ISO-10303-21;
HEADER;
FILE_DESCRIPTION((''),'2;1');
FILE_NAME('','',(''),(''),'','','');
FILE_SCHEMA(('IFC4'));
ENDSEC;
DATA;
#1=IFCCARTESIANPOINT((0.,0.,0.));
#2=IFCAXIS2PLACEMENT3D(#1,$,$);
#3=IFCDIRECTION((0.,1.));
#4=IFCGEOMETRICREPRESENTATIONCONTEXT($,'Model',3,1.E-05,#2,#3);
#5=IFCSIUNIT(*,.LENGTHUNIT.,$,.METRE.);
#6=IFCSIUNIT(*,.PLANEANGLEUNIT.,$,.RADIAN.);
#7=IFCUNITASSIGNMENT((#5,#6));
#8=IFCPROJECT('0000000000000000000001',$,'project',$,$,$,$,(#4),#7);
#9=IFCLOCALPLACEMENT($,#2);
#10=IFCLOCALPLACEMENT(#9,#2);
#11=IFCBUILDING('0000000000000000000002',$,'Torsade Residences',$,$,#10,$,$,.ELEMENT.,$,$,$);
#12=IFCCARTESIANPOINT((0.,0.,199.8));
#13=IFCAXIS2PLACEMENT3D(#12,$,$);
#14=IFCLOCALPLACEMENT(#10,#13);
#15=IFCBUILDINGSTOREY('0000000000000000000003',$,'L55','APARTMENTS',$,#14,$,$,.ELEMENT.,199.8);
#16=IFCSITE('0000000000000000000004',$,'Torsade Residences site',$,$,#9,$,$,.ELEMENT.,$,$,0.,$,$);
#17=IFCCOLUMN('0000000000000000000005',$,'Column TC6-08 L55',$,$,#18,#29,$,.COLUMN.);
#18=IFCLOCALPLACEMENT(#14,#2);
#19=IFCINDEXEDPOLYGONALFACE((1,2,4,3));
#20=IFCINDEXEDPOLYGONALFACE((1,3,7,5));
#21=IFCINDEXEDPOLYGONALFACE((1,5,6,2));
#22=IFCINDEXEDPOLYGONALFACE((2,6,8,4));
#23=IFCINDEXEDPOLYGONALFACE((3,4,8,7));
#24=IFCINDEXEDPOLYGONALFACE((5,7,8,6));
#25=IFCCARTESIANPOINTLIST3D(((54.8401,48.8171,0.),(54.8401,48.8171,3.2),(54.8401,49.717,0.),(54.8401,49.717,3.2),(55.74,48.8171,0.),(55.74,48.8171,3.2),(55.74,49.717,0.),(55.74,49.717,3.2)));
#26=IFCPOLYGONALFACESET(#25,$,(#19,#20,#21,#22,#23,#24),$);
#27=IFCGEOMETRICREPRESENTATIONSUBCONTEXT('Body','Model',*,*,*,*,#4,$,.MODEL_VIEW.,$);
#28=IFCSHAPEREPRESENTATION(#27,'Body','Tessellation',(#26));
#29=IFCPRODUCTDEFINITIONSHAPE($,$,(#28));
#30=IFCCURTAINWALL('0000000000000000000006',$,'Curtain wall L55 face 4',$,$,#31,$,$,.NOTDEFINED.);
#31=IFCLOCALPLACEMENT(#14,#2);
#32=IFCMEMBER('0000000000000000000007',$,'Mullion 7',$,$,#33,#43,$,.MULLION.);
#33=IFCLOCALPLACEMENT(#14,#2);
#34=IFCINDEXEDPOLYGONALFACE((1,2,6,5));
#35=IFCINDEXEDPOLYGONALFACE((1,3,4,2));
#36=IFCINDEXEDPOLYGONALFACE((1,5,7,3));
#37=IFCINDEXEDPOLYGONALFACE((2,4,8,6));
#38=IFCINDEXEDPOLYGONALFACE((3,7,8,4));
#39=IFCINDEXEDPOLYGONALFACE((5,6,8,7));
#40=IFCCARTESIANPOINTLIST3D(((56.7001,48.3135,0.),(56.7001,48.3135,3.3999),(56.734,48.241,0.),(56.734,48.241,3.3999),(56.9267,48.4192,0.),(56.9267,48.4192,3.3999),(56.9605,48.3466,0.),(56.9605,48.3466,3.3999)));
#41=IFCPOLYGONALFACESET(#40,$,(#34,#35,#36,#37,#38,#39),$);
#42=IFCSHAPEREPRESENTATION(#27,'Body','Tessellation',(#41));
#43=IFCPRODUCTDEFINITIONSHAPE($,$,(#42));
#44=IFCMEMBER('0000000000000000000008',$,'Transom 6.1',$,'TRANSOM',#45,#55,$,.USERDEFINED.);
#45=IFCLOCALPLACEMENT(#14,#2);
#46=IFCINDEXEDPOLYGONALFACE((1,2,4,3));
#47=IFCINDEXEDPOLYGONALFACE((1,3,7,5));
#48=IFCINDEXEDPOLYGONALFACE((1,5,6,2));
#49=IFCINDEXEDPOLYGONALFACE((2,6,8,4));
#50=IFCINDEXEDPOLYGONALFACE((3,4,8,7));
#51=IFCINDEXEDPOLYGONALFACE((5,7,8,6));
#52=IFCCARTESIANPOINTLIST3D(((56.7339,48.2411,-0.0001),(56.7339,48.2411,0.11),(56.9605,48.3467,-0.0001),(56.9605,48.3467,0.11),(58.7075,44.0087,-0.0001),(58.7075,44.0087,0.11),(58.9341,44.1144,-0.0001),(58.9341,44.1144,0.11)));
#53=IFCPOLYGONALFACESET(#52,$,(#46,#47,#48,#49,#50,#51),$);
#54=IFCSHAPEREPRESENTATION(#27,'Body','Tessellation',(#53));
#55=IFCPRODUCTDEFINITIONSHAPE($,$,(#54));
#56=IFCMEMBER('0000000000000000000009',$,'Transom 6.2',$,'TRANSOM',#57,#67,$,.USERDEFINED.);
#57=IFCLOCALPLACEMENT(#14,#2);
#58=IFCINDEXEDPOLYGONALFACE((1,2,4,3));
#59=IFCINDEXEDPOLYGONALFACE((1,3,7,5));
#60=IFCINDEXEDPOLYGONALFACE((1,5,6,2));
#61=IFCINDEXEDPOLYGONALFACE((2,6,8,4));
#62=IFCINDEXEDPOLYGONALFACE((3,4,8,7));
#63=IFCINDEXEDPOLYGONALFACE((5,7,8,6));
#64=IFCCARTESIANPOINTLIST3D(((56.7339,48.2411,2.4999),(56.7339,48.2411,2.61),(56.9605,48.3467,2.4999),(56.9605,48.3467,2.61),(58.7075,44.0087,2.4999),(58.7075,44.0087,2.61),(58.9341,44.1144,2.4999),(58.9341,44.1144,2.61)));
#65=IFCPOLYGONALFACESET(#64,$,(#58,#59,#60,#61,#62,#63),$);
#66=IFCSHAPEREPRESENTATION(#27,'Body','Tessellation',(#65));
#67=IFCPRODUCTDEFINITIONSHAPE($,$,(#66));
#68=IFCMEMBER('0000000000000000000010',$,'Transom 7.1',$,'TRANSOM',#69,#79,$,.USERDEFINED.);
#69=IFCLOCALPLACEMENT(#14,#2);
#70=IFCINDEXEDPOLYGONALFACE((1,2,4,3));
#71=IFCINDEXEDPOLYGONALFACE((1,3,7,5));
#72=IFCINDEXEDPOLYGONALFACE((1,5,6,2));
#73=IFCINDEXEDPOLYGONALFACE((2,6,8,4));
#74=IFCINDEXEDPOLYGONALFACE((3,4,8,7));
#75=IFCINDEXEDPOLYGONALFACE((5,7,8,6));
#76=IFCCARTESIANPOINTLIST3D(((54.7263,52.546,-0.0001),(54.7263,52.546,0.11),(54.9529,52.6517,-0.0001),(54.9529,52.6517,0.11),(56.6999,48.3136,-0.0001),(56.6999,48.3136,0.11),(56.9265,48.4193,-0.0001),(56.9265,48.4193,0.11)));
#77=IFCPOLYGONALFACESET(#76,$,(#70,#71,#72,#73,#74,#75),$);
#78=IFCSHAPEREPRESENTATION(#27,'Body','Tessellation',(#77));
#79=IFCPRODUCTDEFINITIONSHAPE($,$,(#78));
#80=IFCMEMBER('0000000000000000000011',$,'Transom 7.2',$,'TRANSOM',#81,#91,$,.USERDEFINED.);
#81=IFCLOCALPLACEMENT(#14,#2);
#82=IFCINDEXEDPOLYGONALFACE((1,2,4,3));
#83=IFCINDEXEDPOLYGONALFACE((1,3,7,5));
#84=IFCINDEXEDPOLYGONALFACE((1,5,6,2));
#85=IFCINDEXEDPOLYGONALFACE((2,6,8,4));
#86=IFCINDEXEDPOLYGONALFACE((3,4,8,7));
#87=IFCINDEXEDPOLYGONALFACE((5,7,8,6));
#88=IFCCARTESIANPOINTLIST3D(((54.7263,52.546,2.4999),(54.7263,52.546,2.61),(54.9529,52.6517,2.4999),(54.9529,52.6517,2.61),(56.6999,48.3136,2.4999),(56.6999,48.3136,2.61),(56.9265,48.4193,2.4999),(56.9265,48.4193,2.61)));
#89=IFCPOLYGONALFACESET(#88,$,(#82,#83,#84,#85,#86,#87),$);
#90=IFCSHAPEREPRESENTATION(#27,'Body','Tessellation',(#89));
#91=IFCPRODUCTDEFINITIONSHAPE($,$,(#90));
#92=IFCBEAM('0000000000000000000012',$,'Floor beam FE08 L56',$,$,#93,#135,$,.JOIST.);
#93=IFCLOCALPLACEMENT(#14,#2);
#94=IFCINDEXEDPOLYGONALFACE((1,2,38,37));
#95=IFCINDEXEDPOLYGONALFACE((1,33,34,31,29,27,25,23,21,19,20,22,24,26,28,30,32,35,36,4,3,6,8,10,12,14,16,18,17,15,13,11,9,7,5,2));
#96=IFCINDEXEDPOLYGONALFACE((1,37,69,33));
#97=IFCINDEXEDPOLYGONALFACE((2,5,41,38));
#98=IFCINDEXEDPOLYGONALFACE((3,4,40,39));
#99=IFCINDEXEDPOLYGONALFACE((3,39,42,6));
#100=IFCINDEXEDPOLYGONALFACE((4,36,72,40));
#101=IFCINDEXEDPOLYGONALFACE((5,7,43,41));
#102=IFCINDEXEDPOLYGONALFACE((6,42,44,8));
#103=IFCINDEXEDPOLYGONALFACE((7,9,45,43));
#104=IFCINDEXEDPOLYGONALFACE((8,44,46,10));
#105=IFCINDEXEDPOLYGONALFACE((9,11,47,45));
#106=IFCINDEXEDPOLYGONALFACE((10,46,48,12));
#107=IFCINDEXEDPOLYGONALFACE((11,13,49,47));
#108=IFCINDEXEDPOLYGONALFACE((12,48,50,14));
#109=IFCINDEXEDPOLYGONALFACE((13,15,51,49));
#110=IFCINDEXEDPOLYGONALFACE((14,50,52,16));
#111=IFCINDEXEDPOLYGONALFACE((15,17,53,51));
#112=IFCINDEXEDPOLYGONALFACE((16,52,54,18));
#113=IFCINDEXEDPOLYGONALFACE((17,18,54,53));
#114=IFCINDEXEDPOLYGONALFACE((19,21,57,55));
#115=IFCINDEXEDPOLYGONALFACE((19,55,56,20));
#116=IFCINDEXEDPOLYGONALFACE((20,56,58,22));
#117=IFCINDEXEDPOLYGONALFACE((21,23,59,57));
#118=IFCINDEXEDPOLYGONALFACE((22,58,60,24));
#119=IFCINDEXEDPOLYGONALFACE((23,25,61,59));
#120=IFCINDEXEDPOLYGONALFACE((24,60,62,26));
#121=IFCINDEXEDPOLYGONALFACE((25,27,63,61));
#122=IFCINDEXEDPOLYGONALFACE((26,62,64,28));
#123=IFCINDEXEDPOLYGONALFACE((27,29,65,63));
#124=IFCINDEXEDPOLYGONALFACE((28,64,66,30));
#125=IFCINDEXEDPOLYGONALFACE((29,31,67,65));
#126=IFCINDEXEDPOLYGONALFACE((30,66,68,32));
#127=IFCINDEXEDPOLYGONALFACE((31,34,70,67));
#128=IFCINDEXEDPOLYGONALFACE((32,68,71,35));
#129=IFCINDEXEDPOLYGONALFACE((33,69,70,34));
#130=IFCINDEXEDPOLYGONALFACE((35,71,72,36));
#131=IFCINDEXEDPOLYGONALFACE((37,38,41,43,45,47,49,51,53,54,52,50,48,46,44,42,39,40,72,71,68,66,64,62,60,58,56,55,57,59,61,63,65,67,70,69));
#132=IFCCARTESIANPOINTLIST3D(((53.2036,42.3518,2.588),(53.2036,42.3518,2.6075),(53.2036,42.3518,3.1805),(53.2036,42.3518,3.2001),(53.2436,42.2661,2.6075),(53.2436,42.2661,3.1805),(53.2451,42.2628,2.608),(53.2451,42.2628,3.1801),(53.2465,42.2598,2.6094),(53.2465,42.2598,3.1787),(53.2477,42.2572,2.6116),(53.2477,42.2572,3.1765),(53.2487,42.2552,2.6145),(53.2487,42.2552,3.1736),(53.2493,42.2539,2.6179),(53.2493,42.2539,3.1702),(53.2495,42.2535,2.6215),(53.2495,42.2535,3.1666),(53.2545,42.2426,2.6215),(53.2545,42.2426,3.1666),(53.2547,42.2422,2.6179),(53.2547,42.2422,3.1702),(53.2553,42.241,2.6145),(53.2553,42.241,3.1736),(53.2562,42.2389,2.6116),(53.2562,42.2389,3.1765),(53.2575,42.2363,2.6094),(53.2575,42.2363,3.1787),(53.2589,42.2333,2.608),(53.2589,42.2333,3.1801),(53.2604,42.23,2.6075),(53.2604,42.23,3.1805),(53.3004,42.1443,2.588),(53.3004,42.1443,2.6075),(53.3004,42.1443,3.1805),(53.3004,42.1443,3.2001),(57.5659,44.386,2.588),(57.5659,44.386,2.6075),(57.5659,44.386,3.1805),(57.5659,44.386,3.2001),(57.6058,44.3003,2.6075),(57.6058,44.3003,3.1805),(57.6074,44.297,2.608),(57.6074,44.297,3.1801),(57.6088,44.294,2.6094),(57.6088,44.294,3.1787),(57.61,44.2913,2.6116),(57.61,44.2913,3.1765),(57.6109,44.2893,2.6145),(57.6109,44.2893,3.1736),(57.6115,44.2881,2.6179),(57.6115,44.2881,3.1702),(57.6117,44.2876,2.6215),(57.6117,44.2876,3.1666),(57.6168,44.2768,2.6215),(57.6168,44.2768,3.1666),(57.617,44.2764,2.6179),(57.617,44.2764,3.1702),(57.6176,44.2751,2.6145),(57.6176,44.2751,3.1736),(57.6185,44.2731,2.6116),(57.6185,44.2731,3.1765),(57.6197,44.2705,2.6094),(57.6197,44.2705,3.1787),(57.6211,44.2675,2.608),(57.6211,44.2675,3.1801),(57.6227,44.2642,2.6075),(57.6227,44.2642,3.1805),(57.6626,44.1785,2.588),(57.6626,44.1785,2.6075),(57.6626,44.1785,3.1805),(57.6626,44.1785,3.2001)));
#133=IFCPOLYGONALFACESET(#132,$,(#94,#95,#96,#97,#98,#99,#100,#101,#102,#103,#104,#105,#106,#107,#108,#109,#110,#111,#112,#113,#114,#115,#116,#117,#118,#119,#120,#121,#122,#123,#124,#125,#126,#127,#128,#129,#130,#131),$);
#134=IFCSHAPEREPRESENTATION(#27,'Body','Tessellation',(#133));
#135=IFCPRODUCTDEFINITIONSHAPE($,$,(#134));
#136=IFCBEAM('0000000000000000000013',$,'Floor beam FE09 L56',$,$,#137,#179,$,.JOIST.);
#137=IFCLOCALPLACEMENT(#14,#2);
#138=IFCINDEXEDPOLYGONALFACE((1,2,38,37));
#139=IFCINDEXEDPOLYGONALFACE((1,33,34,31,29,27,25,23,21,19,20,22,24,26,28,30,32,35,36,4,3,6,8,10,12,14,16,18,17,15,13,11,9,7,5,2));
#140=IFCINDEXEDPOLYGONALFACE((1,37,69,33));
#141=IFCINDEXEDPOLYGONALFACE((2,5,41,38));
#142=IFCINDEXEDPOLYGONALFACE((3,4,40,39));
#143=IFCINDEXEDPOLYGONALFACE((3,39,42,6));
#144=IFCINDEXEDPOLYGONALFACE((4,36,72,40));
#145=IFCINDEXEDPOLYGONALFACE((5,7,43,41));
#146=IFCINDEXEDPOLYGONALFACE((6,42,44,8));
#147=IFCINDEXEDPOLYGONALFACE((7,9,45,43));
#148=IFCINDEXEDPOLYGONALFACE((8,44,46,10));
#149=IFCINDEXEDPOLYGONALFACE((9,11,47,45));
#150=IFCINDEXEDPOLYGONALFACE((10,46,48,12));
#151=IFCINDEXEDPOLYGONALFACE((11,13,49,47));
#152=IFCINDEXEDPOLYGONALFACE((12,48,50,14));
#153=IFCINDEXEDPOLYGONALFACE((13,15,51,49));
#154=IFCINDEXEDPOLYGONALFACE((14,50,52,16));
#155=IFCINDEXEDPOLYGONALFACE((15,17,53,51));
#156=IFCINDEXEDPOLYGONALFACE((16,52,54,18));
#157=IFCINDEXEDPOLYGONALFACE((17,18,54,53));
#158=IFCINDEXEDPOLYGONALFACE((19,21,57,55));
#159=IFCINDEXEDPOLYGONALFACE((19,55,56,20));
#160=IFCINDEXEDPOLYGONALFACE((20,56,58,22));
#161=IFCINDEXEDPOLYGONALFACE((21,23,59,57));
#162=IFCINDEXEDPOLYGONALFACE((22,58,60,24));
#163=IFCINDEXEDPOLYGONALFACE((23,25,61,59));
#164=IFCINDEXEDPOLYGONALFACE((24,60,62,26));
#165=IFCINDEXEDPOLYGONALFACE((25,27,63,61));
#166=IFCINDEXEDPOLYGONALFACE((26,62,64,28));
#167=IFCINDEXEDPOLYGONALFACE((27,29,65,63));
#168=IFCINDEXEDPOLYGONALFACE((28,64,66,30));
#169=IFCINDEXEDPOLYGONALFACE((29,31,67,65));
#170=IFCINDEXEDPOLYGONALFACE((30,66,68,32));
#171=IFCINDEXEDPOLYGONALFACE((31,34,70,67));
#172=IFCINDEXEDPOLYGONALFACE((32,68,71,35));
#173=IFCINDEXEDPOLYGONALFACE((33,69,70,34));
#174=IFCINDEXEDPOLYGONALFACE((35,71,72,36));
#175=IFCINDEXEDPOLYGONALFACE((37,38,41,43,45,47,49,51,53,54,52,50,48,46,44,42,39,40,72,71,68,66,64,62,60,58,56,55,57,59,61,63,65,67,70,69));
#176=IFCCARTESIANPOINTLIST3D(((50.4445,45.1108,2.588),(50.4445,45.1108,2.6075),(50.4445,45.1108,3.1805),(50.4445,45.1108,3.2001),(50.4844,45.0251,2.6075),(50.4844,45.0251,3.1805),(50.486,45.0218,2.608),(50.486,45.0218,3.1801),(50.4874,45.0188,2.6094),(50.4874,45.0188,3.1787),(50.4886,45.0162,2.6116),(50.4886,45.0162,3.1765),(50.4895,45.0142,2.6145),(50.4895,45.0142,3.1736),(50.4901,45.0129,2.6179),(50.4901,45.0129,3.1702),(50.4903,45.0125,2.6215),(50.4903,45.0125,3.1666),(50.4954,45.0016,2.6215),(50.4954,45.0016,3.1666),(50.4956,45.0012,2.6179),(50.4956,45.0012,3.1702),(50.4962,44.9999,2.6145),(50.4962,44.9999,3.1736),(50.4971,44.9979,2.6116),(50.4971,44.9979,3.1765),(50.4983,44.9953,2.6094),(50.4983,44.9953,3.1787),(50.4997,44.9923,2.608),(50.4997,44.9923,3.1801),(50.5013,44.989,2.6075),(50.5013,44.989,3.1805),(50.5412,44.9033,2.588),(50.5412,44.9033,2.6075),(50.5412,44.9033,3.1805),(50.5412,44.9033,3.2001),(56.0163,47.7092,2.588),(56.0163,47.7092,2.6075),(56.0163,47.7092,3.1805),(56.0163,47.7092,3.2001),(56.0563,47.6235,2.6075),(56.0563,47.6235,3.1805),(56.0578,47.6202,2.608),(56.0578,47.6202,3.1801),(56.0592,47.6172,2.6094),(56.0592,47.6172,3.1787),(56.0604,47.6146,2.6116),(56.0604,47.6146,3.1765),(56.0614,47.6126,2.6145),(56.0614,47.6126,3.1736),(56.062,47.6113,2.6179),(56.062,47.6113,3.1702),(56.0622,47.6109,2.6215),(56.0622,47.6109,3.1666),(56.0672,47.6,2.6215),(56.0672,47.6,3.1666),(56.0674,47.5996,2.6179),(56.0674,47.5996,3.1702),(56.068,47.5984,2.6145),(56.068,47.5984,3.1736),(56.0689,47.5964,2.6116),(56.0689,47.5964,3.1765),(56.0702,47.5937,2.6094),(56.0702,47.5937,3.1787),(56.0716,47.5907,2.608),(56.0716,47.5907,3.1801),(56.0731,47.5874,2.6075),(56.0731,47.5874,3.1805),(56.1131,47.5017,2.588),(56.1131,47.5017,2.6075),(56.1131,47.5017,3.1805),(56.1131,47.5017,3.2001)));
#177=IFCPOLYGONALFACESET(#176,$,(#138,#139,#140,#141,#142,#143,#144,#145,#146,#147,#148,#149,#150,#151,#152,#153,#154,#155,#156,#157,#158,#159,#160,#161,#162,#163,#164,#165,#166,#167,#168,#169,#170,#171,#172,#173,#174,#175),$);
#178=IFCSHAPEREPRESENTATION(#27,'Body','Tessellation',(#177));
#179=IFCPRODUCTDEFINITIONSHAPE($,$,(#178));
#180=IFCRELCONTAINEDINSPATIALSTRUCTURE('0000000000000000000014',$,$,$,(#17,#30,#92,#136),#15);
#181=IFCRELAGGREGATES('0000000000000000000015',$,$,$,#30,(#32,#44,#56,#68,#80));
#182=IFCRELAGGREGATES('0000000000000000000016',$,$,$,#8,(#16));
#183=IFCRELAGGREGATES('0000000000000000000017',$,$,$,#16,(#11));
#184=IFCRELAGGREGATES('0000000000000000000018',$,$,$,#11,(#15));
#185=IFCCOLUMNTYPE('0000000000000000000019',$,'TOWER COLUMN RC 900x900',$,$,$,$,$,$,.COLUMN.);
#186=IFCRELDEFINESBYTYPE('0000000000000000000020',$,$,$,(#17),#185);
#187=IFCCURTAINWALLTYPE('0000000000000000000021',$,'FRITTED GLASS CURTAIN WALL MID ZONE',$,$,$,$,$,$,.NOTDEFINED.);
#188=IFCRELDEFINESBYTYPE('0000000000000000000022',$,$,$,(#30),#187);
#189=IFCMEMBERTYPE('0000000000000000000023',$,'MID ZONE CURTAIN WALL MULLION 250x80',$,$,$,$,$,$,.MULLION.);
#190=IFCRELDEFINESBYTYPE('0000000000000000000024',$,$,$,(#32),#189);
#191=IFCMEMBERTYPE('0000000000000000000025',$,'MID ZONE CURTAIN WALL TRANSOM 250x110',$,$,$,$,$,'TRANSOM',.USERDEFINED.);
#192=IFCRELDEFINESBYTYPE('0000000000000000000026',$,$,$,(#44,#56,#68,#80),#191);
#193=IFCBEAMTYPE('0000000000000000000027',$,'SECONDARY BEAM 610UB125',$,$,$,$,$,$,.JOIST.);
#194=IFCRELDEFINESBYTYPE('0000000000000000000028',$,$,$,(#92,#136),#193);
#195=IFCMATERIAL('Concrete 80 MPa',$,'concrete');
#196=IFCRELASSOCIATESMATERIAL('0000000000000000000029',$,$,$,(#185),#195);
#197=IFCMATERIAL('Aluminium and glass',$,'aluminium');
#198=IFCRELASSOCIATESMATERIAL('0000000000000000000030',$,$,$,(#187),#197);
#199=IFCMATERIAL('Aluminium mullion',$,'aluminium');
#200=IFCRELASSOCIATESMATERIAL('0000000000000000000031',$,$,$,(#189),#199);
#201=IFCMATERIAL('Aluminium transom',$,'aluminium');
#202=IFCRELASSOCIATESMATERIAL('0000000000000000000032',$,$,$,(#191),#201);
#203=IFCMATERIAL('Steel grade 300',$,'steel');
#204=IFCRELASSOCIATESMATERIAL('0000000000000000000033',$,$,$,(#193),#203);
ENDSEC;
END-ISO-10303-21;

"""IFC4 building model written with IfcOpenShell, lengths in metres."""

from ifc_helpers import new_model, si_unit, direction, frame, origin, origin_2d, place, context, subcontext, project, spatial, rectangle, i_section, extrude, material, material_profile, profile_set, type_object, element, aggregate, save


model = new_model("IFC4")

# Units and contexts
model_context = context("Model", 3, precision=1e-05, world=origin(), true_north=direction((0.0, 1.0)))
body_context = subcontext(model_context, "Body", "Model", "MODEL_VIEW")
ifc_project = project(units=[si_unit("LENGTHUNIT", "METRE"), si_unit("PLANEANGLEUNIT", "RADIAN")], contexts=[model_context])

# Site, building, storey
site_placement = place(None, origin())
site = spatial("IfcSite", under=ifc_project, at=site_placement, Name="Torsade Residences site", CompositionType="ELEMENT", RefElevation=0.0)
building_placement = place(site_placement, origin())
building = spatial("IfcBuilding", under=site, at=building_placement, Name="Torsade Residences", CompositionType="ELEMENT")
storey_placement = place(building_placement, frame((0.0, 0.0, 199.8)))
storey = spatial("IfcBuildingStorey", under=building, at=storey_placement, Name="L55", Description="APARTMENTS", CompositionType="ELEMENT", Elevation=199.8)

# Column
ifc_material_1 = material(Name="Concrete 80 MPa", Category="concrete")
ifc_material_profile_1 = material_profile(ifc_material_1, rectangle(XDim=0.8999, YDim=0.8999, at=origin_2d()), Name="RC 900x900")
ifc_profile_set_1 = profile_set([ifc_material_profile_1], Name="Concrete 80 MPa")
column_type = type_object("IfcColumnType", Name="TOWER COLUMN RC 900x900", PredefinedType="COLUMN", material=ifc_profile_set_1)
column_placement = place(storey_placement, frame((55.29, 49.2671, 0.0), z_axis=(0.0, 0.0, 1.0), x_axis=(1.0, 0.0, 0.0)))
element("IfcColumn", 1, at=column_placement, inside=storey, type_object=column_type, Name="Column TC6-08 L55", PredefinedType="COLUMN", context=body_context, shape_type="SweptSolid", body=[
    extrude(rectangle(XDim=0.8999, YDim=0.8999, at=origin_2d()), origin(), (0.0, 0.0, 1.0), 3.2),
])

# Curtain wall, members
ifc_material_2 = material(Name="Aluminium and glass", Category="aluminium")
curtain_wall_type = type_object("IfcCurtainWallType", Name="FRITTED GLASS CURTAIN WALL MID ZONE", PredefinedType="NOTDEFINED", material=ifc_material_2)
curtain_wall_placement = place(storey_placement, origin())
curtain_wall = element("IfcCurtainWall", 2, at=curtain_wall_placement, inside=storey, type_object=curtain_wall_type, Name="Curtain wall L55 face 4", PredefinedType="NOTDEFINED")
ifc_material_3 = material(Name="Aluminium mullion", Category="aluminium")
ifc_material_profile_2 = material_profile(ifc_material_3, rectangle(XDim=0.25, YDim=0.0801, at=origin_2d()), Name="MID ZONE CURTAIN WALL MULLION 250x80")
ifc_profile_set_2 = profile_set([ifc_material_profile_2], Name="Aluminium mullion")
member_type_1 = type_object("IfcMemberType", Name="MID ZONE CURTAIN WALL MULLION 250x80", PredefinedType="MULLION", material=ifc_profile_set_2)
member_1_placement = place(storey_placement, frame((56.8303, 48.3301, 0.0), z_axis=(0.0, 0.0, 1.0), x_axis=(-0.906308, -0.422618, 0.0)))
member_1 = element("IfcMember", 3, at=member_1_placement, type_object=member_type_1, Name="Mullion 7", PredefinedType="MULLION", context=body_context, shape_type="SweptSolid", body=[
    extrude(rectangle(XDim=0.25, YDim=0.0801, at=origin_2d()), origin(), (0.0, 0.0, 1.0), 3.3999),
])
ifc_material_4 = material(Name="Aluminium transom", Category="aluminium")
ifc_material_profile_3 = material_profile(ifc_material_4, rectangle(XDim=0.25, YDim=0.1101, at=origin_2d()), Name="MID ZONE CURTAIN WALL TRANSOM 250x110")
ifc_profile_set_3 = profile_set([ifc_material_profile_3], Name="Aluminium transom")
member_type_2 = type_object("IfcMemberType", Name="MID ZONE CURTAIN WALL TRANSOM 250x110", ElementType="TRANSOM", PredefinedType="USERDEFINED", material=ifc_profile_set_3)
member_2_placement = place(storey_placement, frame((58.8208, 44.0615, 0.0549), z_axis=(-0.422622, 0.906306, 0.0), x_axis=(-0.906306, -0.422622, 0.0)))
member_2 = element("IfcMember", 4, at=member_2_placement, type_object=member_type_2, Name="Transom 6.1", ObjectType="TRANSOM", PredefinedType="USERDEFINED", context=body_context, shape_type="SweptSolid", body=[
    extrude(rectangle(XDim=0.25, YDim=0.1101, at=origin_2d()), origin(), (0.0, 0.0, 1.0), 4.6699),
])
member_3_placement = place(storey_placement, frame((58.8208, 44.0615, 2.5549), z_axis=(-0.422622, 0.906306, 0.0), x_axis=(-0.906306, -0.422622, 0.0)))
member_3 = element("IfcMember", 5, at=member_3_placement, type_object=member_type_2, Name="Transom 6.2", ObjectType="TRANSOM", PredefinedType="USERDEFINED", context=body_context, shape_type="SweptSolid", body=[
    extrude(rectangle(XDim=0.25, YDim=0.1101, at=origin_2d()), origin(), (0.0, 0.0, 1.0), 4.6699),
])
member_4_placement = place(storey_placement, frame((56.8132, 48.3665, 0.0549), z_axis=(-0.422622, 0.906306, 0.0), x_axis=(-0.906306, -0.422622, 0.0)))
member_4 = element("IfcMember", 6, at=member_4_placement, type_object=member_type_2, Name="Transom 7.1", ObjectType="TRANSOM", PredefinedType="USERDEFINED", context=body_context, shape_type="SweptSolid", body=[
    extrude(rectangle(XDim=0.25, YDim=0.1101, at=origin_2d()), origin(), (0.0, 0.0, 1.0), 4.6699),
])
member_5_placement = place(storey_placement, frame((56.8132, 48.3665, 2.5549), z_axis=(-0.422622, 0.906306, 0.0), x_axis=(-0.906306, -0.422622, 0.0)))
member_5 = element("IfcMember", 7, at=member_5_placement, type_object=member_type_2, Name="Transom 7.2", ObjectType="TRANSOM", PredefinedType="USERDEFINED", context=body_context, shape_type="SweptSolid", body=[
    extrude(rectangle(XDim=0.25, YDim=0.1101, at=origin_2d()), origin(), (0.0, 0.0, 1.0), 4.6699),
])

# Beams
ifc_material_5 = material(Name="Steel grade 300", Category="steel")
ifc_material_profile_4 = material_profile(ifc_material_5, i_section(OverallWidth=0.229, OverallDepth=0.6121, WebThickness=0.012, FlangeThickness=0.0195, FilletRadius=0.0139, at=origin_2d()), Name="610UB125")
ifc_profile_set_4 = profile_set([ifc_material_profile_4], Name="Steel grade 300")
beam_type_1 = type_object("IfcBeamType", Name="SECONDARY BEAM 610UB125", PredefinedType="JOIST", material=ifc_profile_set_4)
beam_1_placement = place(storey_placement, frame((57.6143, 44.2822, 2.894), z_axis=(-0.906308, -0.422619, 0.0), x_axis=(0.422619, -0.906308, 0.0)))
element("IfcBeam", 8, at=beam_1_placement, inside=storey, type_object=beam_type_1, Name="Floor beam FE08 L56", PredefinedType="JOIST", context=body_context, shape_type="SweptSolid", body=[
    extrude(i_section(OverallWidth=0.229, OverallDepth=0.6121, WebThickness=0.012, FlangeThickness=0.0195, FilletRadius=0.0139, at=origin_2d()), origin(), (0.0, 0.0, 1.0), 4.8132),
])
beam_2_placement = place(storey_placement, frame((56.0647, 47.6055, 2.894), z_axis=(-0.906294, -0.422648, 0.0), x_axis=(0.422648, -0.906294, 0.0)))
element("IfcBeam", 9, at=beam_2_placement, inside=storey, type_object=beam_type_1, Name="Floor beam FE09 L56", PredefinedType="JOIST", context=body_context, shape_type="SweptSolid", body=[
    extrude(i_section(OverallWidth=0.229, OverallDepth=0.6121, WebThickness=0.012, FlangeThickness=0.0195, FilletRadius=0.0139, at=origin_2d()), origin(), (0.0, 0.0, 1.0), 6.1479),
])

aggregate(curtain_wall, [member_1, member_2, member_3, member_4, member_5])

save(model, "model.ifc")
